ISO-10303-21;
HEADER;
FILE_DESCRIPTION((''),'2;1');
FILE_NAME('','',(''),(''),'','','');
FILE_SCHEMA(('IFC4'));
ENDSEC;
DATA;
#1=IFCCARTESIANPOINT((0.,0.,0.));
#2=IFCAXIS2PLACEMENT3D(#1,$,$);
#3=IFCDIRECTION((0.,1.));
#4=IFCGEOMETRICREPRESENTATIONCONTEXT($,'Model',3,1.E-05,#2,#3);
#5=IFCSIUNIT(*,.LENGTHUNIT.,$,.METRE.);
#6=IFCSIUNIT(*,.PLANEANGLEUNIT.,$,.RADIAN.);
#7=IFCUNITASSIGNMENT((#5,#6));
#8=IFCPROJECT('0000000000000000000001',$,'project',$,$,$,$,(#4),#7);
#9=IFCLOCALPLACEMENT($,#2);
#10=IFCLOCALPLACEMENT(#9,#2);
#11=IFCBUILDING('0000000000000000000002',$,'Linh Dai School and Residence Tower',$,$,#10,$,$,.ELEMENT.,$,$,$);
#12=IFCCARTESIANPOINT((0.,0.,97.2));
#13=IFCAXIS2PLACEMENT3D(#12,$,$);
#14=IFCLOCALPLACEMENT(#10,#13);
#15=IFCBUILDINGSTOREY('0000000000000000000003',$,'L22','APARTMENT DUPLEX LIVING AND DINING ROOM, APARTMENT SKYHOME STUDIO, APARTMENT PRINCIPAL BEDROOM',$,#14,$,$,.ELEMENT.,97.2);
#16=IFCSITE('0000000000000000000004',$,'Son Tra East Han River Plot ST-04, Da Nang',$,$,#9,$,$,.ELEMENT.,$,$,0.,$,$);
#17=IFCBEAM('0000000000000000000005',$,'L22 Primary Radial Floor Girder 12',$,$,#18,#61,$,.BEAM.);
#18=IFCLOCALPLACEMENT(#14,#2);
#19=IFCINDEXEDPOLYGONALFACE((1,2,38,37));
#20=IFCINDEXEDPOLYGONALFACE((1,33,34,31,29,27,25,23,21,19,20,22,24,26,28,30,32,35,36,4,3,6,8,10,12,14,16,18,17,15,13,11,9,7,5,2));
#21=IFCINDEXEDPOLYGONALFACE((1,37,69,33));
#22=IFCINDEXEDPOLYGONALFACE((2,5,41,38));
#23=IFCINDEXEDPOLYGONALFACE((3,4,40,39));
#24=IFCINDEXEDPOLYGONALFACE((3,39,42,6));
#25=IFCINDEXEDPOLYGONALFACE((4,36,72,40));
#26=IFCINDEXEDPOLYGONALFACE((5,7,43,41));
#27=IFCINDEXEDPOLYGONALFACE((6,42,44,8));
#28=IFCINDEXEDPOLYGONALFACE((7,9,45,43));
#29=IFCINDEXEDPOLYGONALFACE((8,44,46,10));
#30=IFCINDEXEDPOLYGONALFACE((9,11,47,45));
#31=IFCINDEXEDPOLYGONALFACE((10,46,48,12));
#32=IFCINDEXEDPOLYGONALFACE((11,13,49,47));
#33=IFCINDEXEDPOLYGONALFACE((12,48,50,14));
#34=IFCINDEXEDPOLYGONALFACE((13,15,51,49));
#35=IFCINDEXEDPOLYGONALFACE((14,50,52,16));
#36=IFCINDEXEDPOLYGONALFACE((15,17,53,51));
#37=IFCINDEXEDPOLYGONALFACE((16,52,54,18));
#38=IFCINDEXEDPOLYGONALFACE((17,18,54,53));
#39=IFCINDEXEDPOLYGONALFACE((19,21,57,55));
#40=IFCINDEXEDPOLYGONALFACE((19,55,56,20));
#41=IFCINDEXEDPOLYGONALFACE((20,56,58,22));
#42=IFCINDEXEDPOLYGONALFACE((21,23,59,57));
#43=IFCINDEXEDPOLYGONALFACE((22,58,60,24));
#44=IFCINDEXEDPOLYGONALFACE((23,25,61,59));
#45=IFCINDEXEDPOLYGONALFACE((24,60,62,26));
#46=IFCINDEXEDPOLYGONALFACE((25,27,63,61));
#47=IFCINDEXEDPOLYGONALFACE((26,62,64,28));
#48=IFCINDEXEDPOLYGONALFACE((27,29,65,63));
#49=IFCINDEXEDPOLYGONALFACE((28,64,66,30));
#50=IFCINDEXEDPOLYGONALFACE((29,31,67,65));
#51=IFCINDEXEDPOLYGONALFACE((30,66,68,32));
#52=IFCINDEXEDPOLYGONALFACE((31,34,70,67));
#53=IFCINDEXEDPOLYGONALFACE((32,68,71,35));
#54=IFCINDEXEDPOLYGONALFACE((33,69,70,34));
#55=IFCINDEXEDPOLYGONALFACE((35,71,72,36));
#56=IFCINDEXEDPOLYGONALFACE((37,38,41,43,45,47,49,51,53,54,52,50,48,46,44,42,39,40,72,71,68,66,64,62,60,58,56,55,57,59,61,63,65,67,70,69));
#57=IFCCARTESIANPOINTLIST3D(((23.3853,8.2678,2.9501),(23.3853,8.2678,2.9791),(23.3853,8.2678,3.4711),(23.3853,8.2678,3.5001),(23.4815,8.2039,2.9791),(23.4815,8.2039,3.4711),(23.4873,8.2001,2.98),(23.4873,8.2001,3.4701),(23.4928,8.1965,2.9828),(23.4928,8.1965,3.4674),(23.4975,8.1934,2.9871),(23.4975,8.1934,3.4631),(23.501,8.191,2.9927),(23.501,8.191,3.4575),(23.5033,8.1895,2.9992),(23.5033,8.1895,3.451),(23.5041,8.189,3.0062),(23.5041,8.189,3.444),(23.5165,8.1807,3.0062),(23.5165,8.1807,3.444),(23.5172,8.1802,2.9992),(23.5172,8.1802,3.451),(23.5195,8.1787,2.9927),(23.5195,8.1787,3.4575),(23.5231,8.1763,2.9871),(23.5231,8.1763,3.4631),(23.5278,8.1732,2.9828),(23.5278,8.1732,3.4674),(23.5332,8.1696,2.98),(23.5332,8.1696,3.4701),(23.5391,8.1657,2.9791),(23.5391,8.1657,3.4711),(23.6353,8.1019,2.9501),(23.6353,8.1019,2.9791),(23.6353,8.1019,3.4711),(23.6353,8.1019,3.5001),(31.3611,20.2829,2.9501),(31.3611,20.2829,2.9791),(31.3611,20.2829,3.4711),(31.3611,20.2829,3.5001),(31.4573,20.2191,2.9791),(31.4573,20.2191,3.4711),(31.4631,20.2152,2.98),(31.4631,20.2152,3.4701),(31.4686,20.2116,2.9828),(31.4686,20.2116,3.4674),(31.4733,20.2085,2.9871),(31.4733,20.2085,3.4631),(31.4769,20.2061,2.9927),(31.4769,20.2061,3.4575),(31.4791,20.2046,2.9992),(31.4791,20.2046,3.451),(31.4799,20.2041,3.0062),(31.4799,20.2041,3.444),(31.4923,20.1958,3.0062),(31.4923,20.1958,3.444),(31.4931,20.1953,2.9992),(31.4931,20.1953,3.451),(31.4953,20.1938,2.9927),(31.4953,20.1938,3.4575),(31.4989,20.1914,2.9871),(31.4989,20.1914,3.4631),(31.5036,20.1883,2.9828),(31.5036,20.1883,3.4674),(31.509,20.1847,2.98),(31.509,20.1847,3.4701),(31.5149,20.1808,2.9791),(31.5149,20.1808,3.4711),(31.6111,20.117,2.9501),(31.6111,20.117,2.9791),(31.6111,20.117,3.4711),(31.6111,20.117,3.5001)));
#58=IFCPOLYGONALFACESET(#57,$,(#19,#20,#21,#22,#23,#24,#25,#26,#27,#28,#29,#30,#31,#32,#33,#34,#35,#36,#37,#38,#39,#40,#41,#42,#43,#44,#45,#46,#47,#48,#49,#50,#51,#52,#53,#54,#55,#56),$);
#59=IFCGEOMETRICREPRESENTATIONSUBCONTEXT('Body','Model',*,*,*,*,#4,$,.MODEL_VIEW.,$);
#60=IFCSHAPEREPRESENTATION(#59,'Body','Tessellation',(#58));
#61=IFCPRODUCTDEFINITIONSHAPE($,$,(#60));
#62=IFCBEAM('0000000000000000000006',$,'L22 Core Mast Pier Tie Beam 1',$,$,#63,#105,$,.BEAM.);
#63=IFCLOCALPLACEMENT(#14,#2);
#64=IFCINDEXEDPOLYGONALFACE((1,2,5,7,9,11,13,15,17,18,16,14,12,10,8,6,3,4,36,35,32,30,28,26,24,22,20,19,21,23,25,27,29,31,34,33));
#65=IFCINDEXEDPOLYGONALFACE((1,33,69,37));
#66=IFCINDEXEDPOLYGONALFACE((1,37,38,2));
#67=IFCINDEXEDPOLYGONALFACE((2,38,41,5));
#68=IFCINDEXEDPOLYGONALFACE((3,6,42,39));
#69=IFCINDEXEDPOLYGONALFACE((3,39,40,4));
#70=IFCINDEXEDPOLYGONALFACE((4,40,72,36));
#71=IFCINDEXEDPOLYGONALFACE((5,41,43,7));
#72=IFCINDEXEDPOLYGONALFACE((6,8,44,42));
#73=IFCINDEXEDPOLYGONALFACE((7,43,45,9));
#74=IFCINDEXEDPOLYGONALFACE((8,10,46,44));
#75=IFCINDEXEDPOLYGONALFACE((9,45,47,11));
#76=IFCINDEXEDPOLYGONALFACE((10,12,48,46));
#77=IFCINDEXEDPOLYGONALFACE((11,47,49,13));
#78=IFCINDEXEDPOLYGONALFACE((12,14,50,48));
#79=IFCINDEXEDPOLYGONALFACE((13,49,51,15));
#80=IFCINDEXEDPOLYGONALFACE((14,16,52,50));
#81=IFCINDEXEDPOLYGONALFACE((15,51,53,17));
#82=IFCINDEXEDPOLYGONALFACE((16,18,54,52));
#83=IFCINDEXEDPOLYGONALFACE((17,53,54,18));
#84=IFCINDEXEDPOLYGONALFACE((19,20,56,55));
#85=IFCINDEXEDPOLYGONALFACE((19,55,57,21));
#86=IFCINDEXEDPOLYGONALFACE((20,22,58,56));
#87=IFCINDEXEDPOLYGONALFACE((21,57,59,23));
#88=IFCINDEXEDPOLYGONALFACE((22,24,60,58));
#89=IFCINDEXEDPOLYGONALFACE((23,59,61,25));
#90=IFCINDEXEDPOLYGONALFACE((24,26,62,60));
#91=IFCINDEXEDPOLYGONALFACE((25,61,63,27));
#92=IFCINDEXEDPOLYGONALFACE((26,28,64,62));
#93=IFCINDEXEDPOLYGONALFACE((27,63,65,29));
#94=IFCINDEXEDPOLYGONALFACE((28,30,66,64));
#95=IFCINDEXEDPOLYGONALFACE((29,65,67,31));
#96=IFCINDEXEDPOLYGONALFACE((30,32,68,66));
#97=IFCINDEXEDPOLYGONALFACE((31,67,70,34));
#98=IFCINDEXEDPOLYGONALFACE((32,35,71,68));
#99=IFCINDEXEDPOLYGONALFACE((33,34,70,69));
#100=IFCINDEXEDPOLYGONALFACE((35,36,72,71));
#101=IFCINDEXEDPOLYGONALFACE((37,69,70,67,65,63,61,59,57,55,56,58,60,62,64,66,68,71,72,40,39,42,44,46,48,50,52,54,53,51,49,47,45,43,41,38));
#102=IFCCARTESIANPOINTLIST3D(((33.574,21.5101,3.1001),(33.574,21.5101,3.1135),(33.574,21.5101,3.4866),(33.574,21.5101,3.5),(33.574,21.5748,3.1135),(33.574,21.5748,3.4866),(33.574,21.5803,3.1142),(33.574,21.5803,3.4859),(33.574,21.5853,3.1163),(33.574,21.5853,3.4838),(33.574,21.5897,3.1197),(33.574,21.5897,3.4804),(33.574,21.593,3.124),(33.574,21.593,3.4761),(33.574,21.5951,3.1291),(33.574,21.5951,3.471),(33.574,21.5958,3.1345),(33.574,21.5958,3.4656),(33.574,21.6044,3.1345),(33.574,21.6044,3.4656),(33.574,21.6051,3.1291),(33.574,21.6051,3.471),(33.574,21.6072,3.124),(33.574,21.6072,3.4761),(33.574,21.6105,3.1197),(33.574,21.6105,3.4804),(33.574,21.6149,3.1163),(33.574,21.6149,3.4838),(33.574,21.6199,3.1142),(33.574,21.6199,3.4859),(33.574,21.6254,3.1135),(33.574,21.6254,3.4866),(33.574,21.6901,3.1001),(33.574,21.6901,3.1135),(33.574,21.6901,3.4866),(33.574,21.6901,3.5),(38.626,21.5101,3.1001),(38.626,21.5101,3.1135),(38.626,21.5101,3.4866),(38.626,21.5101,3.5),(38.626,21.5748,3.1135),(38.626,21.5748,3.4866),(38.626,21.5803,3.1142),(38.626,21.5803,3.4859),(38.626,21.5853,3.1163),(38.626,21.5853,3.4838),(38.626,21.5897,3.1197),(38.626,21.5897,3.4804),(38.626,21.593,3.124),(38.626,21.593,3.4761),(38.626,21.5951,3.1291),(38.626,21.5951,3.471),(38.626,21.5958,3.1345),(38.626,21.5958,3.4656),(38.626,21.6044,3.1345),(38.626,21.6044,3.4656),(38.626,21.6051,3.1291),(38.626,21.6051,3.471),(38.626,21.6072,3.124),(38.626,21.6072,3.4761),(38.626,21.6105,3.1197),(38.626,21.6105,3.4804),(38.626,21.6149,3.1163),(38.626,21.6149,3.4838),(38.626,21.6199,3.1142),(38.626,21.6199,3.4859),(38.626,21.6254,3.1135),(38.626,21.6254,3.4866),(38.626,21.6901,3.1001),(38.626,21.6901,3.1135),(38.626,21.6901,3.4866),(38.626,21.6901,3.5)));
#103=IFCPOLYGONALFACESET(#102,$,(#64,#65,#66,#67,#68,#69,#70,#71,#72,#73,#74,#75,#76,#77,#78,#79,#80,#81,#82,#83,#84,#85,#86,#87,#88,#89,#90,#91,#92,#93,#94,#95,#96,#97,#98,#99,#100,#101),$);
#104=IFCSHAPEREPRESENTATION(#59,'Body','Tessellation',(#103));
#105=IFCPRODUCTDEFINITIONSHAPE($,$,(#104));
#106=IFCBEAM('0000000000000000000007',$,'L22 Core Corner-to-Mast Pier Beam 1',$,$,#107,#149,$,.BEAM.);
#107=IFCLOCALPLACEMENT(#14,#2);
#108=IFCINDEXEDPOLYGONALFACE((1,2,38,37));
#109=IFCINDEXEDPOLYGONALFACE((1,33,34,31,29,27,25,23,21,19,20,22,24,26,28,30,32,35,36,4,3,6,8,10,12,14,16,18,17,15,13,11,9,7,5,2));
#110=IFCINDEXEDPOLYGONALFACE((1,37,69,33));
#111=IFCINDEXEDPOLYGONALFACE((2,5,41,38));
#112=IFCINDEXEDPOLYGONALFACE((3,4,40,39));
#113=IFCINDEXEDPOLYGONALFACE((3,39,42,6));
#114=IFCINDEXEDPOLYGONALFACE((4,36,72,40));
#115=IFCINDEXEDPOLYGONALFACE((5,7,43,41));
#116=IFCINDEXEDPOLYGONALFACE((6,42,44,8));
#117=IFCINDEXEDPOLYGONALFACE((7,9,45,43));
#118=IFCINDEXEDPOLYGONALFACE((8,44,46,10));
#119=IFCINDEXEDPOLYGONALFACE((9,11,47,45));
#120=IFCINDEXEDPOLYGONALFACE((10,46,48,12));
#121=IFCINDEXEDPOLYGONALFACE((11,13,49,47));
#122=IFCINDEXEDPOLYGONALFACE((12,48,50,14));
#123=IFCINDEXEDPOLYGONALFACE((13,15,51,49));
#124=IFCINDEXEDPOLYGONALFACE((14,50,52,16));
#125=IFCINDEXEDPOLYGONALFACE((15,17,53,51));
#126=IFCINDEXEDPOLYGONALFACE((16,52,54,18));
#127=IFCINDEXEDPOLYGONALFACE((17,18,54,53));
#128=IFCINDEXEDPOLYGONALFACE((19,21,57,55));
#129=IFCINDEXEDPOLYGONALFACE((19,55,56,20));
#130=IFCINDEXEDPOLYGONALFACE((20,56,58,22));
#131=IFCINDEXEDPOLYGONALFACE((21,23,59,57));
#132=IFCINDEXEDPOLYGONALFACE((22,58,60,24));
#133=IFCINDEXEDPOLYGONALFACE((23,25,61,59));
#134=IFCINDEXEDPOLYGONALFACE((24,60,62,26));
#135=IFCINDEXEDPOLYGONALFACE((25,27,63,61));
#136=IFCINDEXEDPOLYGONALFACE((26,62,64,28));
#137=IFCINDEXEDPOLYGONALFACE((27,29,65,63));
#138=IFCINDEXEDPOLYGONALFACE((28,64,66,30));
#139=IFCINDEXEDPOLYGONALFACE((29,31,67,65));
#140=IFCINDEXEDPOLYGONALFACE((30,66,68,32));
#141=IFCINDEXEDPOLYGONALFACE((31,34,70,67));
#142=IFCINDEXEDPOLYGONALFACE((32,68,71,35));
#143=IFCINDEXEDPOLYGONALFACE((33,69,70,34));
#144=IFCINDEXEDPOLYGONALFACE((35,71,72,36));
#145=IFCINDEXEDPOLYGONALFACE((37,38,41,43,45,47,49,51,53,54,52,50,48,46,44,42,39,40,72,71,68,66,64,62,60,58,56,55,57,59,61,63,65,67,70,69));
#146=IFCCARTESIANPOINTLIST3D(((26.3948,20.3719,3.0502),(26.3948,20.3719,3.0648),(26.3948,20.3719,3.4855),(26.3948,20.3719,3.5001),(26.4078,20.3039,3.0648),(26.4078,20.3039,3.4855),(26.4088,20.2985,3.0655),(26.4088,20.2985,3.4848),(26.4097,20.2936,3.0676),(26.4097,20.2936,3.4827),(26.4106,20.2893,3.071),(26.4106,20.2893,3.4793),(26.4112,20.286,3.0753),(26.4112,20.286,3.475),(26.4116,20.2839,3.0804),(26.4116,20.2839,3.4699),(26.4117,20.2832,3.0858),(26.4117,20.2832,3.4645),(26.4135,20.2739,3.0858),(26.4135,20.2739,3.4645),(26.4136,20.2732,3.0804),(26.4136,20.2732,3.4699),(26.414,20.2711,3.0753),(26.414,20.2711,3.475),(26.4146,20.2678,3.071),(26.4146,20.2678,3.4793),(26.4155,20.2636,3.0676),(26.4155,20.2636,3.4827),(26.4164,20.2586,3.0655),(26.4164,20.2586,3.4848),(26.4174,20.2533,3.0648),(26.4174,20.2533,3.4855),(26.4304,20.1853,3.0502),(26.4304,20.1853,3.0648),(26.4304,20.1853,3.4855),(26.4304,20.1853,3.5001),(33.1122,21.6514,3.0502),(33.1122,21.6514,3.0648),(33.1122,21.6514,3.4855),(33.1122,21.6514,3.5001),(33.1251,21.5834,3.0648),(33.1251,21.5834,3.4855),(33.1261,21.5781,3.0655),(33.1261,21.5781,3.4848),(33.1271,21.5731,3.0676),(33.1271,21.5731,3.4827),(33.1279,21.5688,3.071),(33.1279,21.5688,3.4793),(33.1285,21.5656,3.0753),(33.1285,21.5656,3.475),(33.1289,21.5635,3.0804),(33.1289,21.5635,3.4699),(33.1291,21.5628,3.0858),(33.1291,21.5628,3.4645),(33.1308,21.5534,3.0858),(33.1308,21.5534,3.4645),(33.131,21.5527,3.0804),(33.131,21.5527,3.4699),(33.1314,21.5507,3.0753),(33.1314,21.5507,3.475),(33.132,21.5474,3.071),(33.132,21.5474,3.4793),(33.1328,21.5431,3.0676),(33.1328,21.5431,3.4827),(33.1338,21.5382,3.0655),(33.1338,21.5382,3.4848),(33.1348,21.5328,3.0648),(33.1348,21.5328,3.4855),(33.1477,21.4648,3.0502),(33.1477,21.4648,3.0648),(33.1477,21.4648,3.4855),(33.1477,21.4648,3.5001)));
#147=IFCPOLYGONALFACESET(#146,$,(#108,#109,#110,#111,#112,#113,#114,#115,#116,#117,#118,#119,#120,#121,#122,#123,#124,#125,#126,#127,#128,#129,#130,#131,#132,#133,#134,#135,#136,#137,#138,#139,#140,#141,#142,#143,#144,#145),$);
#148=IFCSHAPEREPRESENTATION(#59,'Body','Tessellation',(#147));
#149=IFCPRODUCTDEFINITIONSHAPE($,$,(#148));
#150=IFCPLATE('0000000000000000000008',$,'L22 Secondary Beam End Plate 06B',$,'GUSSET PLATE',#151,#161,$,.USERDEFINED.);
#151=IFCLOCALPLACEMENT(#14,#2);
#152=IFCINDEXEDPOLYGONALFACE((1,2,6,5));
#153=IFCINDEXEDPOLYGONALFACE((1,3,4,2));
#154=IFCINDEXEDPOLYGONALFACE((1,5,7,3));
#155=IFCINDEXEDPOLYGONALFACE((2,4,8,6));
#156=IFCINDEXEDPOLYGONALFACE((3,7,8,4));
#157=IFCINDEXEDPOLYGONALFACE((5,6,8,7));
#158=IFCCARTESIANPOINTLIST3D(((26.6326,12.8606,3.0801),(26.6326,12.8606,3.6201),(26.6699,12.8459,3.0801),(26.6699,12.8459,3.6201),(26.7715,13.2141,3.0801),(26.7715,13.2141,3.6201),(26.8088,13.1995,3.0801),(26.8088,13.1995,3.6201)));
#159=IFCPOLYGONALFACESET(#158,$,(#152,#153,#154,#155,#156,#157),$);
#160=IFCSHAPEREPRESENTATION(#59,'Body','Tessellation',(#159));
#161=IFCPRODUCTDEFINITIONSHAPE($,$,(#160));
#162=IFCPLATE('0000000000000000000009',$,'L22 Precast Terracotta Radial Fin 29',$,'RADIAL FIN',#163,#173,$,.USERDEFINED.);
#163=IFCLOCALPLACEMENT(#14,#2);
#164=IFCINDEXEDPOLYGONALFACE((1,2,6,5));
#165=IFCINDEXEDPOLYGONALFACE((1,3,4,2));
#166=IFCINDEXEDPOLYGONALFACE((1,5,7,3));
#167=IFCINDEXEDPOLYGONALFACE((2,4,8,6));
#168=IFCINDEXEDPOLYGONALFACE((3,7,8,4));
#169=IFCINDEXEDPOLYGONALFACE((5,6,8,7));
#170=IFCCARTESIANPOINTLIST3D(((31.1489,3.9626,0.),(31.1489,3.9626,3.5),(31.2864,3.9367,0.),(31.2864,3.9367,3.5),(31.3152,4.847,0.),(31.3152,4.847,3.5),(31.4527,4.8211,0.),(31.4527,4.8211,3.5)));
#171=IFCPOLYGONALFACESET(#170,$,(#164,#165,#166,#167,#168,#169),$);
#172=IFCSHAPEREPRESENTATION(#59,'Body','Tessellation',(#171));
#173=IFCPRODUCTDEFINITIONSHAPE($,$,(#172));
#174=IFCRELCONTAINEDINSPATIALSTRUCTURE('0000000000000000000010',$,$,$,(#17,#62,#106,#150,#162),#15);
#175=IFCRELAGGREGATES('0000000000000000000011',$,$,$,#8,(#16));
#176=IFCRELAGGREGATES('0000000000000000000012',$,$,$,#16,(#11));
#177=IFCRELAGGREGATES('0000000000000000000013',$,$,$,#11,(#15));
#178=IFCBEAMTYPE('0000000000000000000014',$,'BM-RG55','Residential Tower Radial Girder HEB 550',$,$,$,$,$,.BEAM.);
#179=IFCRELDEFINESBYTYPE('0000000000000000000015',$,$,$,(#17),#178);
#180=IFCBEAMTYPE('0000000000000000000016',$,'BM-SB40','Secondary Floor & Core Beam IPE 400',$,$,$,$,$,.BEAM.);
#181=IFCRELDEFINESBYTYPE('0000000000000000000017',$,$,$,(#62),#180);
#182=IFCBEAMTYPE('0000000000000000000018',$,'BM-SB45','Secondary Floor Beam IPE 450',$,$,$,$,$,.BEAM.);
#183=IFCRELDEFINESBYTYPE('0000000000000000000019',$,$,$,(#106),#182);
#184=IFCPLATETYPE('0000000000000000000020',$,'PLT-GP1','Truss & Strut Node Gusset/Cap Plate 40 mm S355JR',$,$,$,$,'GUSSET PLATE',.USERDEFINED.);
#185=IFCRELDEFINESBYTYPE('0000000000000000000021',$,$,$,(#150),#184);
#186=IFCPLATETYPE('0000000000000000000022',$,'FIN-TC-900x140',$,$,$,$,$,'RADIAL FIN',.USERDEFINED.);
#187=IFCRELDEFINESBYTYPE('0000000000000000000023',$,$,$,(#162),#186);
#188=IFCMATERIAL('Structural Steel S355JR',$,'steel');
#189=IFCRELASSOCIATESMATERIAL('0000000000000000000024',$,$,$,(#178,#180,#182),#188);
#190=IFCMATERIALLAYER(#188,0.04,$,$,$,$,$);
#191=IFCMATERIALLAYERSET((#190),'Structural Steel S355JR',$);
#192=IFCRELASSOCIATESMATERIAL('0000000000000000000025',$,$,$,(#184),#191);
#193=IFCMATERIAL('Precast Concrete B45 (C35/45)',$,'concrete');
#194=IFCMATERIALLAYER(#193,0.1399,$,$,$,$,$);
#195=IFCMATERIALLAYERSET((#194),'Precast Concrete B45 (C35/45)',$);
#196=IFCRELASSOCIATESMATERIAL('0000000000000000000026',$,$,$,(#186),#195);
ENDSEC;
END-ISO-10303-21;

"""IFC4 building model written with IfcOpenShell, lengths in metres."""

from ifc_helpers import new_model, si_unit, direction, frame, origin, origin_2d, place, context, subcontext, project, spatial, rectangle, i_section, extrude, source, transform, mapped, material, layer, layer_set, material_profile, profile_set, type_object, element, save


model = new_model("IFC4")

# Units and contexts
model_context = context("Model", 3, precision=1e-05, world=origin(), true_north=direction((0.0, 1.0)))
body_context = subcontext(model_context, "Body", "Model", "MODEL_VIEW")
ifc_project = project(units=[si_unit("LENGTHUNIT", "METRE"), si_unit("PLANEANGLEUNIT", "RADIAN")], contexts=[model_context])

# Site, building, storey
site_placement = place(None, origin())
site = spatial("IfcSite", under=ifc_project, at=site_placement, Name="Son Tra East Han River Plot ST-04, Da Nang", CompositionType="ELEMENT", RefElevation=0.0)
building_placement = place(site_placement, origin())
building = spatial("IfcBuilding", under=site, at=building_placement, Name="Linh Dai School and Residence Tower", CompositionType="ELEMENT")
storey_placement = place(building_placement, frame((0.0, 0.0, 97.2)))
storey = spatial("IfcBuildingStorey", under=building, at=storey_placement, Name="L22", Description="APARTMENT DUPLEX LIVING AND DINING ROOM, APARTMENT SKYHOME STUDIO, APARTMENT PRINCIPAL BEDROOM", CompositionType="ELEMENT", Elevation=97.2)

# Shared definitions
ifc_material_1 = material(Name="Structural Steel S355JR", Category="steel")

# Beams
ifc_material_profile_1 = material_profile(ifc_material_1, i_section(OverallWidth=0.3, OverallDepth=0.55, WebThickness=0.0149, FlangeThickness=0.0291, FilletRadius=0.0271, at=origin_2d()), Name="HEB 550")
ifc_profile_set_1 = profile_set([ifc_material_profile_1], Name="Structural Steel S355JR")
beam_type_1 = type_object("IfcBeamType", Name="BM-RG55", Description="Residential Tower Radial Girder HEB 550", PredefinedType="BEAM", material=ifc_profile_set_1)
beam_1_placement = place(storey_placement, frame((31.4861, 20.2, 3.2251), z_axis=(-0.553054, -0.833145, 0.0), x_axis=(0.833145, -0.553054, 0.0)))
element("IfcBeam", 1, at=beam_1_placement, inside=storey, type_object=beam_type_1, Name="L22 Primary Radial Floor Girder 12", PredefinedType="BEAM", context=body_context, shape_type="SweptSolid", body=[
    extrude(i_section(OverallWidth=0.3, OverallDepth=0.55, WebThickness=0.0149, FlangeThickness=0.0291, FilletRadius=0.0271, at=origin_2d()), origin(), (0.0, 0.0, 1.0), 14.4214),
])
ifc_material_profile_2 = material_profile(ifc_material_1, i_section(OverallWidth=0.1799, OverallDepth=0.3999, WebThickness=0.0085, FlangeThickness=0.0134, FilletRadius=0.021, at=origin_2d()), Name="IPE 400")
ifc_profile_set_2 = profile_set([ifc_material_profile_2], Name="Structural Steel S355JR")
beam_type_2 = type_object("IfcBeamType", Name="BM-SB40", Description="Secondary Floor & Core Beam IPE 400", PredefinedType="BEAM", material=ifc_profile_set_2)
beam_2_placement = place(storey_placement, frame((33.574, 21.6001, 3.3), z_axis=(1.0, 0.0, 0.0), x_axis=(0.0, 1.0, 0.0)))
element("IfcBeam", 2, at=beam_2_placement, inside=storey, type_object=beam_type_2, Name="L22 Core Mast Pier Tie Beam 1", PredefinedType="BEAM", context=body_context, shape_type="SweptSolid", body=[
    extrude(i_section(OverallWidth=0.1799, OverallDepth=0.3999, WebThickness=0.0085, FlangeThickness=0.0134, FilletRadius=0.021, at=origin_2d()), origin(), (0.0, 0.0, 1.0), 5.052),
])
ifc_material_profile_3 = material_profile(ifc_material_1, i_section(OverallWidth=0.1899, OverallDepth=0.45, WebThickness=0.0095, FlangeThickness=0.0146, FilletRadius=0.021, at=origin_2d()), Name="IPE 450")
ifc_profile_set_3 = profile_set([ifc_material_profile_3], Name="Structural Steel S355JR")
beam_type_3 = type_object("IfcBeamType", Name="BM-SB45", Description="Secondary Floor Beam IPE 450", PredefinedType="BEAM", material=ifc_profile_set_3)
beam_3_placement = place(storey_placement, frame((26.4126, 20.2786, 3.2751), z_axis=(0.982337, 0.18712, 0.0), x_axis=(-0.18712, 0.982337, 0.0)))
element("IfcBeam", 3, at=beam_3_placement, inside=storey, type_object=beam_type_3, Name="L22 Core Corner-to-Mast Pier Beam 1", PredefinedType="BEAM", context=body_context, shape_type="SweptSolid", body=[
    extrude(i_section(OverallWidth=0.1899, OverallDepth=0.45, WebThickness=0.0095, FlangeThickness=0.0146, FilletRadius=0.021, at=origin_2d()), origin(), (0.0, 0.0, 1.0), 6.8381),
])

# Plates
ifc_layer_1 = layer(ifc_material_1, 0.04)
ifc_layer_set_1 = layer_set([ifc_layer_1], Name="Structural Steel S355JR")
plate_type_1 = type_object("IfcPlateType", Name="PLT-GP1", Description="Truss & Strut Node Gusset/Cap Plate 40 mm S355JR", ElementType="GUSSET PLATE", PredefinedType="USERDEFINED", material=ifc_layer_set_1)
shared_shape_1 = source(origin(), body_context, "Body", "SweptSolid", [
    extrude(rectangle(XDim=0.04, YDim=0.3799, at=origin_2d()), origin(), (0.0, 0.0, 1.0), 0.54),
])
plate_1_placement = place(storey_placement, frame((26.7207, 13.03, 3.0801), z_axis=(0.0, 0.0, 1.0), x_axis=(0.930752, -0.36565, 0.0)))
element("IfcPlate", 4, at=plate_1_placement, inside=storey, type_object=plate_type_1, Name="L22 Secondary Beam End Plate 06B", ObjectType="GUSSET PLATE", PredefinedType="USERDEFINED", context=body_context, shape_type="MappedRepresentation", body=[
    mapped(shared_shape_1, transform((0.0, 0.0, 0.0), x_axis=(1.0, 0.0, 0.0), y_axis=(0.0, 1.0, 0.0), z_axis=(0.0, 0.0, 1.0), scale=1.0)),
])
ifc_material_2 = material(Name="Precast Concrete B45 (C35/45)", Category="concrete")
ifc_layer_2 = layer(ifc_material_2, 0.1399)
ifc_layer_set_2 = layer_set([ifc_layer_2], Name="Precast Concrete B45 (C35/45)")
plate_type_2 = type_object("IfcPlateType", Name="FIN-TC-900x140", ElementType="RADIAL FIN", PredefinedType="USERDEFINED", material=ifc_layer_set_2)
shared_shape_2 = source(origin(), body_context, "Body", "SweptSolid", [
    extrude(rectangle(XDim=0.8999, YDim=0.1399, at=origin_2d()), origin(), (0.0, 0.0, 1.0), 3.5),
])
plate_2_placement = place(storey_placement, frame((31.3008, 4.3918, 0.0), z_axis=(0.0, 0.0, 1.0), x_axis=(-0.184755, -0.982785, 0.0)))
element("IfcPlate", 5, at=plate_2_placement, inside=storey, type_object=plate_type_2, Name="L22 Precast Terracotta Radial Fin 29", ObjectType="RADIAL FIN", PredefinedType="USERDEFINED", context=body_context, shape_type="MappedRepresentation", body=[
    mapped(shared_shape_2, transform((0.0, 0.0, 0.0), x_axis=(1.0, 0.0, 0.0), y_axis=(0.0, 1.0, 0.0), z_axis=(0.0, 0.0, 1.0), scale=1.0)),
])

save(model, "model.ifc")
